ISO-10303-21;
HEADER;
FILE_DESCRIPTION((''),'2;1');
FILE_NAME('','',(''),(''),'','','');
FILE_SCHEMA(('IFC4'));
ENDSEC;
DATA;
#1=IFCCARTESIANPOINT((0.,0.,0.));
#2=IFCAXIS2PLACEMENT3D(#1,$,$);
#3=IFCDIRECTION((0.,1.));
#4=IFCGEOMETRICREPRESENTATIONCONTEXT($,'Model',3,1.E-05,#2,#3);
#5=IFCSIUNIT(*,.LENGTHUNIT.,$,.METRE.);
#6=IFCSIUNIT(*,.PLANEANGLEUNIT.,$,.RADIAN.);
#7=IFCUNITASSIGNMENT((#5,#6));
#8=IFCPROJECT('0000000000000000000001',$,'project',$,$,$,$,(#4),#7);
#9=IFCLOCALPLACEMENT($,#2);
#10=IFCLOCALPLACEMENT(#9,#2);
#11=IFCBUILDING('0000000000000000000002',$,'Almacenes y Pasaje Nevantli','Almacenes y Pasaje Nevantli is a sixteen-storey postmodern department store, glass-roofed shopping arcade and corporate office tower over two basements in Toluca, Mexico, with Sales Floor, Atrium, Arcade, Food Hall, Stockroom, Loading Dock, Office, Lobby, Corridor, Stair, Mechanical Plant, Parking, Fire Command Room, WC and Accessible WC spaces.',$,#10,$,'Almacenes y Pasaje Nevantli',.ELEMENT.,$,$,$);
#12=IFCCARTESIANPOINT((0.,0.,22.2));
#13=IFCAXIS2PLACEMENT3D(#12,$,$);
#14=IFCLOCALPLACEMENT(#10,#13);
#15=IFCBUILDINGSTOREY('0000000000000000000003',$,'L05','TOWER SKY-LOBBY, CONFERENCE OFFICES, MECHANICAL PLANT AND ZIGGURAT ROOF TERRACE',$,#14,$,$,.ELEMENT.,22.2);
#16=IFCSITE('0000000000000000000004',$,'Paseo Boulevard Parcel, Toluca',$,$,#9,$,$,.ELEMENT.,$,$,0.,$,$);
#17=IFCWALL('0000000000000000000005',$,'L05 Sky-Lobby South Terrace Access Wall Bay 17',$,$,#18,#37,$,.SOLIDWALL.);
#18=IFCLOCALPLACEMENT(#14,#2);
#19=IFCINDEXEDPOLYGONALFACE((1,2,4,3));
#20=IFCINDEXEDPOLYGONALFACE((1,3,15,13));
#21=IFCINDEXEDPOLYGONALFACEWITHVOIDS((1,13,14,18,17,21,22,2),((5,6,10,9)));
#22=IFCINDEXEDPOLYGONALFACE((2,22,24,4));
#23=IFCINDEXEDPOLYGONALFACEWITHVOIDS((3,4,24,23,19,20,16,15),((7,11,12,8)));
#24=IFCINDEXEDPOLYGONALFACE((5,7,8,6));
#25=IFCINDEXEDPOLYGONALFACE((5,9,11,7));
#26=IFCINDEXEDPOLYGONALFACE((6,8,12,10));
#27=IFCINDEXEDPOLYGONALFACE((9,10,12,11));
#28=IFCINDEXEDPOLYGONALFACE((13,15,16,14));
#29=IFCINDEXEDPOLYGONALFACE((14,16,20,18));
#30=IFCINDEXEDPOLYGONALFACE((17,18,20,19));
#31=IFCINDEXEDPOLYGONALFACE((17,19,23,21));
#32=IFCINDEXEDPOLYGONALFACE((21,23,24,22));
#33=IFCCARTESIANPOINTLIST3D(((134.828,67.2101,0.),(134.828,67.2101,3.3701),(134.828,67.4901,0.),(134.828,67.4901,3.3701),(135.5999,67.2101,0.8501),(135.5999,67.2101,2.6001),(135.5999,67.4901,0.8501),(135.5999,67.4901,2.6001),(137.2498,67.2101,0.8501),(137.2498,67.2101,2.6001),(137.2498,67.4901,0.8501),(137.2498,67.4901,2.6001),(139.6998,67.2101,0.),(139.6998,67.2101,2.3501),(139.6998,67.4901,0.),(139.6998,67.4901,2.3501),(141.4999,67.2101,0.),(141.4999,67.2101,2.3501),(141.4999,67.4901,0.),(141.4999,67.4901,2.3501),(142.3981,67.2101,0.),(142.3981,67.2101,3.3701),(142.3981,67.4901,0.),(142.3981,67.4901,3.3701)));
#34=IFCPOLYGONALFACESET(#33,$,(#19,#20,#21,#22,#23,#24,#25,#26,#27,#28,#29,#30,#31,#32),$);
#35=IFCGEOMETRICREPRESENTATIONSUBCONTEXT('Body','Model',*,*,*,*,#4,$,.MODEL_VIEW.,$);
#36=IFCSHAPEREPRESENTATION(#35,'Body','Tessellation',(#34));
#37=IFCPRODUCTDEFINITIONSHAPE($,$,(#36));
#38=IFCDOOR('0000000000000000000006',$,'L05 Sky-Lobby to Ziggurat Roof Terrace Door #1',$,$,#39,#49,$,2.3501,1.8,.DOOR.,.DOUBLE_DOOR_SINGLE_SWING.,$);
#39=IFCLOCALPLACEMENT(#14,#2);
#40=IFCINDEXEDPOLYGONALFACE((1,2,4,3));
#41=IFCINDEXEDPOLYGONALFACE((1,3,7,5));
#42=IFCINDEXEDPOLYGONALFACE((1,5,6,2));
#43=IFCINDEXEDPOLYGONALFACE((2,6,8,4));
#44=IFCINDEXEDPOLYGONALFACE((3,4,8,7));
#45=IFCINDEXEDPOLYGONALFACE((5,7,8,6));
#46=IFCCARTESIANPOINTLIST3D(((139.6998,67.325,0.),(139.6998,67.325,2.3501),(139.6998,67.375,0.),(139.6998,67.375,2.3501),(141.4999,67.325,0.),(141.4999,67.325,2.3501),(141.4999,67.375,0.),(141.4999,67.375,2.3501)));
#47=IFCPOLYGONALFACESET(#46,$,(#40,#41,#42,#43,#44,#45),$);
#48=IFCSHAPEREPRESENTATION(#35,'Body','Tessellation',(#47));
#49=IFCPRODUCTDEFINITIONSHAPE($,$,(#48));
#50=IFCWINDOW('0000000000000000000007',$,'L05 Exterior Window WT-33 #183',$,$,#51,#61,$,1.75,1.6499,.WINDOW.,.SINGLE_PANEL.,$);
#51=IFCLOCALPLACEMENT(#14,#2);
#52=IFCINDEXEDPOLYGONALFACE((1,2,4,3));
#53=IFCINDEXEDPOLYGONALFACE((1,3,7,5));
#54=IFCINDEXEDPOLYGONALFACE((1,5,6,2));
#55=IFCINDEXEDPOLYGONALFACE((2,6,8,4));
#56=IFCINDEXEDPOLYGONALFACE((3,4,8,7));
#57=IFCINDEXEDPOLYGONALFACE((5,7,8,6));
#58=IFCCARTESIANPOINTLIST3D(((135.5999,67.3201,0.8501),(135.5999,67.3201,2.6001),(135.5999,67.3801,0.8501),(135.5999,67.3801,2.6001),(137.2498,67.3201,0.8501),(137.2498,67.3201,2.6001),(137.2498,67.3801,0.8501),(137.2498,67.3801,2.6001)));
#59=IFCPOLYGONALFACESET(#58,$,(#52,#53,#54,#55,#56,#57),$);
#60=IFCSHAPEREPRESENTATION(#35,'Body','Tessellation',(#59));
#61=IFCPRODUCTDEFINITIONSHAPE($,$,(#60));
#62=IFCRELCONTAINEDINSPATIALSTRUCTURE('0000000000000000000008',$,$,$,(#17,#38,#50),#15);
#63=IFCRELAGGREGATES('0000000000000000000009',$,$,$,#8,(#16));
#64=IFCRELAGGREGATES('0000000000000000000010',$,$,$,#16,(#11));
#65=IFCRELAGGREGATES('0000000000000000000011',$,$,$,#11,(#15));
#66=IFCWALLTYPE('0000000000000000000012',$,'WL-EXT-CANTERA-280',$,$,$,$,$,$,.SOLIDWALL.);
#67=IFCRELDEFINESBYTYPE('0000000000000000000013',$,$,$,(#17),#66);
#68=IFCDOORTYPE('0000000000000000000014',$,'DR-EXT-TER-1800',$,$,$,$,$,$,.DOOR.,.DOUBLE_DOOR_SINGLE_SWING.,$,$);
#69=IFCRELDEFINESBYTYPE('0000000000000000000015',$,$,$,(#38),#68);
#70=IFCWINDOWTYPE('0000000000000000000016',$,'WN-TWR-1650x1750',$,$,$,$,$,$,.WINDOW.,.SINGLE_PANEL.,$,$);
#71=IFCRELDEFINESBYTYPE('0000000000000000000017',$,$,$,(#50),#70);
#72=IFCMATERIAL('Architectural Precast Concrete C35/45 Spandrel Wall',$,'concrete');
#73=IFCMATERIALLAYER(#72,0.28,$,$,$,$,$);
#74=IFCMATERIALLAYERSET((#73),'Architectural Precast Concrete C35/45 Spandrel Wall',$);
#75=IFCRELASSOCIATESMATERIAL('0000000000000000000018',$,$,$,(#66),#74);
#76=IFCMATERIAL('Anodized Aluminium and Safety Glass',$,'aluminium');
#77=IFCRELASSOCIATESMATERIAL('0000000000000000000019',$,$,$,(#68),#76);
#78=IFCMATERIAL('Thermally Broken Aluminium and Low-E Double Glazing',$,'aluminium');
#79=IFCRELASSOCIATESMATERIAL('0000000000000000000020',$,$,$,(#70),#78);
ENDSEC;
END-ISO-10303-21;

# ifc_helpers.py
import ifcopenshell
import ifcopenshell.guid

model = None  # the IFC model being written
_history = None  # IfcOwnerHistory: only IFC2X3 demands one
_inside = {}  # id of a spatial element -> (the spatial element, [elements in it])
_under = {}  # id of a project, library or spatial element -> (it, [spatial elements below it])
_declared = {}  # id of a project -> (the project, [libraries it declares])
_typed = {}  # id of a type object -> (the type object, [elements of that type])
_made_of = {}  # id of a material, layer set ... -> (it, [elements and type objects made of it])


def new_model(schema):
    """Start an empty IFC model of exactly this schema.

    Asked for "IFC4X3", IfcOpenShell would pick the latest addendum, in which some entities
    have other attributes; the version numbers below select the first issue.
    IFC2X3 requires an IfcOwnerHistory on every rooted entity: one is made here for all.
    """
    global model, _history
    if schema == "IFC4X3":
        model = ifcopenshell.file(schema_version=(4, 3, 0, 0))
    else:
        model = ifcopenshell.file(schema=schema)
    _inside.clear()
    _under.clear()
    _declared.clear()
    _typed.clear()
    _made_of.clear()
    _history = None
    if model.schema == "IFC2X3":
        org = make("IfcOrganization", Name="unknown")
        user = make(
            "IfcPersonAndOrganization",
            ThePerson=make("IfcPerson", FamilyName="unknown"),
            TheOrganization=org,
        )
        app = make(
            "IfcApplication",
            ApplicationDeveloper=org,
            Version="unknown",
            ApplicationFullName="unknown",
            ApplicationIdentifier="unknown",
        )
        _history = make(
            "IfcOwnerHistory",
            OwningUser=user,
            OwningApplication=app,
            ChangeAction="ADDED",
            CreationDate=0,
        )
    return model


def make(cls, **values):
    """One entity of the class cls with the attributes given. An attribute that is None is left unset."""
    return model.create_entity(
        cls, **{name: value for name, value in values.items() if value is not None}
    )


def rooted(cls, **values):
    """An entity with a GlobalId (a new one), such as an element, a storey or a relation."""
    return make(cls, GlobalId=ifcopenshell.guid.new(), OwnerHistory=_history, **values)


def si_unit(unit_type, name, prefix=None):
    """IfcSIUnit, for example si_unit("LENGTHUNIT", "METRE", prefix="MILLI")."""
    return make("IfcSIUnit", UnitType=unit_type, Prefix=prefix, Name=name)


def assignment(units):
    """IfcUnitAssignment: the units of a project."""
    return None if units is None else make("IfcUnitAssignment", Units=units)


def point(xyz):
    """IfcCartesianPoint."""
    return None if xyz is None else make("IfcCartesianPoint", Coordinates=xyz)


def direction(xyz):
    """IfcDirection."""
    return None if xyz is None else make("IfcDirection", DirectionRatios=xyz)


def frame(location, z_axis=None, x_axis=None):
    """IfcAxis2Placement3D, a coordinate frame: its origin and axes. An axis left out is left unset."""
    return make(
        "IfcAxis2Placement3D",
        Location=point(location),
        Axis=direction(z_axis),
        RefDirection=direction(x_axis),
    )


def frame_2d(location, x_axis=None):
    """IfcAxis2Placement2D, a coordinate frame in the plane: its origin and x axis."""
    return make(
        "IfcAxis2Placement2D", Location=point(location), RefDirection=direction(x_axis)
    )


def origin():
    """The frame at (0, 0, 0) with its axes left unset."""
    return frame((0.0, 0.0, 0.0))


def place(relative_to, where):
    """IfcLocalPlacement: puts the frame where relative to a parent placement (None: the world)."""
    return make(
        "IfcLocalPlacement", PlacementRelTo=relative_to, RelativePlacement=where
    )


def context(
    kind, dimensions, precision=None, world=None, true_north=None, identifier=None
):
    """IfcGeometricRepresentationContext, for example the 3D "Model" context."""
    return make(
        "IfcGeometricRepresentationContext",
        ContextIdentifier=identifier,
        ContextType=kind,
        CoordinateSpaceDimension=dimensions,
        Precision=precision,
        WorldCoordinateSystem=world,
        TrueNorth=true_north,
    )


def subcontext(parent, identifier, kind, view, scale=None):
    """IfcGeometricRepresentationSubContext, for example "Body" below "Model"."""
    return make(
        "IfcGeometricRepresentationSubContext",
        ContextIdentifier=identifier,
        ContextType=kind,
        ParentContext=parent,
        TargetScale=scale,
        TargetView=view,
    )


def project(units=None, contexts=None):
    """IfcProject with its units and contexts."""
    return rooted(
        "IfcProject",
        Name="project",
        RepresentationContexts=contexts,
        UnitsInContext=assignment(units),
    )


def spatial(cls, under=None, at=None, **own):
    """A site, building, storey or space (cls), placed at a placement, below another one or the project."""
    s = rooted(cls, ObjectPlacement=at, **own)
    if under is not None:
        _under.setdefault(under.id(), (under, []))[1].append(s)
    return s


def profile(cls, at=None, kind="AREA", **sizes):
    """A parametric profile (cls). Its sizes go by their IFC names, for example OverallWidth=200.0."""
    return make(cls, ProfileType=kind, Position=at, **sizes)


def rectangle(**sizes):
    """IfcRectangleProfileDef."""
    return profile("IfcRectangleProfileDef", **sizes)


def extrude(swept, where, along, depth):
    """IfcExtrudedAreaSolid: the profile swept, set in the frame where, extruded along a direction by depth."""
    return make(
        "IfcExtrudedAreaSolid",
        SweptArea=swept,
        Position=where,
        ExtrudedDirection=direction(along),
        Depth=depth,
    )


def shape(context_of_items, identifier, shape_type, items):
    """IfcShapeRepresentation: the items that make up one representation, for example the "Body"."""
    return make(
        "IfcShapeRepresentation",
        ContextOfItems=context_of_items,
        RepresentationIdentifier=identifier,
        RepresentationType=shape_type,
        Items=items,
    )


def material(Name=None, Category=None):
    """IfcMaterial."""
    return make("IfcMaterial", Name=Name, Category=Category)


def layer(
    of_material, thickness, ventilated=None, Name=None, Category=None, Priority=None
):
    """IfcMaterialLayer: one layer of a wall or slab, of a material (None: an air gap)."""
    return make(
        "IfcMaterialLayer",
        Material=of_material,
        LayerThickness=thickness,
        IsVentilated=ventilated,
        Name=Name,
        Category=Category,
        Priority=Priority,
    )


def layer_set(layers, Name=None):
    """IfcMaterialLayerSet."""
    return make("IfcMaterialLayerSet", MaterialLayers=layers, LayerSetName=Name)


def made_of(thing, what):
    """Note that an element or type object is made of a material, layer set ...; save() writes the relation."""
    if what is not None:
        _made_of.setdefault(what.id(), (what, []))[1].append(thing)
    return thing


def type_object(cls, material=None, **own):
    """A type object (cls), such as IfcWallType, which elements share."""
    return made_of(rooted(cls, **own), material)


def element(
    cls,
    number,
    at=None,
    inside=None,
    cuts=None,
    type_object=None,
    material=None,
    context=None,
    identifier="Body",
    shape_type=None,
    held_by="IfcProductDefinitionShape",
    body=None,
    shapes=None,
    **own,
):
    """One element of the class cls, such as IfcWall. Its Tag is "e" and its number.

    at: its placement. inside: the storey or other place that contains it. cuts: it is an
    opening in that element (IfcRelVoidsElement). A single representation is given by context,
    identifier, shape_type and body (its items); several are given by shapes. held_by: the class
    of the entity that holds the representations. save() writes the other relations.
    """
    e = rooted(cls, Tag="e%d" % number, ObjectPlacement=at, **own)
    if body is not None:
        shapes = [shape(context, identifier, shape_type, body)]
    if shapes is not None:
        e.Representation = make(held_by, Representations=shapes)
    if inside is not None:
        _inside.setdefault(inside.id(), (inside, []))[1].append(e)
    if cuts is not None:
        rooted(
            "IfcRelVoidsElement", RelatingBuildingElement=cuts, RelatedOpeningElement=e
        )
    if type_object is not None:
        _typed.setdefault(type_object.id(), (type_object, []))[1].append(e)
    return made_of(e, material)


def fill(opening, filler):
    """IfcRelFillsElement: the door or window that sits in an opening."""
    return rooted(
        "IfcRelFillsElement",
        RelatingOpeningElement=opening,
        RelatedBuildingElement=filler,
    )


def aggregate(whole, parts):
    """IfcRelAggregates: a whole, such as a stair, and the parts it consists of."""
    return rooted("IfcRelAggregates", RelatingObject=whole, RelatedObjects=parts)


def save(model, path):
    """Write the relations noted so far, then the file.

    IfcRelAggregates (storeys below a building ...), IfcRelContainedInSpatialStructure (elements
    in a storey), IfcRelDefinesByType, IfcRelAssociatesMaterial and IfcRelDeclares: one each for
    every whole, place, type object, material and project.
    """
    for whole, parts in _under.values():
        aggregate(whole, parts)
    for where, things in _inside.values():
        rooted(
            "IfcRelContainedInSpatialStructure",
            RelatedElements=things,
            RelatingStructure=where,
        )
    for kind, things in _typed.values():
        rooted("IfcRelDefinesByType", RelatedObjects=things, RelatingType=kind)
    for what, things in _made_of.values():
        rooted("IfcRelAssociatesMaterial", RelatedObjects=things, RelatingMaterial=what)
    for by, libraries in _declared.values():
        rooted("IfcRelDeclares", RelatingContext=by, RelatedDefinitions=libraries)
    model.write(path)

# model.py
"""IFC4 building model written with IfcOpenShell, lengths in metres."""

from ifc_helpers import new_model, si_unit, direction, frame, frame_2d, origin, place, context, subcontext, project, spatial, rectangle, extrude, material, layer, layer_set, type_object, element, fill, save


model = new_model("IFC4")

# Units and contexts
model_context = context("Model", 3, precision=1e-05, world=origin(), true_north=direction((0.0, 1.0)))
body_context = subcontext(model_context, "Body", "Model", "MODEL_VIEW")
ifc_project = project(units=[si_unit("LENGTHUNIT", "METRE"), si_unit("PLANEANGLEUNIT", "RADIAN")], contexts=[model_context])

# Site, building, storey
site_placement = place(None, origin())
site = spatial("IfcSite", under=ifc_project, at=site_placement, Name="Paseo Boulevard Parcel, Toluca", CompositionType="ELEMENT", RefElevation=0.0)
building_placement = place(site_placement, origin())
building = spatial("IfcBuilding", under=site, at=building_placement, Name="Almacenes y Pasaje Nevantli", Description="Almacenes y Pasaje Nevantli is a sixteen-storey postmodern department store, glass-roofed shopping arcade and corporate office tower over two basements in Toluca, Mexico, with Sales Floor, Atrium, Arcade, Food Hall, Stockroom, Loading Dock, Office, Lobby, Corridor, Stair, Mechanical Plant, Parking, Fire Command Room, WC and Accessible WC spaces.", LongName="Almacenes y Pasaje Nevantli", CompositionType="ELEMENT")
storey_placement = place(building_placement, frame((0.0, 0.0, 22.2)))
storey = spatial("IfcBuildingStorey", under=building, at=storey_placement, Name="L05", Description="TOWER SKY-LOBBY, CONFERENCE OFFICES, MECHANICAL PLANT AND ZIGGURAT ROOF TERRACE", CompositionType="ELEMENT", Elevation=22.2)

# Wall, openings, door, window
ifc_material_1 = material(Name="Architectural Precast Concrete C35/45 Spandrel Wall", Category="concrete")
ifc_layer_1 = layer(ifc_material_1, 0.28)
ifc_layer_set_1 = layer_set([ifc_layer_1], Name="Architectural Precast Concrete C35/45 Spandrel Wall")
wall_type = type_object("IfcWallType", Name="WL-EXT-CANTERA-280", PredefinedType="SOLIDWALL", material=ifc_layer_set_1)
wall_placement = place(storey_placement, frame((134.8279, 67.3501, 0.0), z_axis=(0.0, 0.0, 1.0), x_axis=(1.0, 0.0, 0.0)))
wall = element("IfcWall", 1, at=wall_placement, inside=storey, type_object=wall_type, Name="L05 Sky-Lobby South Terrace Access Wall Bay 17", PredefinedType="SOLIDWALL", context=body_context, shape_type="SweptSolid", body=[
    extrude(rectangle(XDim=7.5701, YDim=0.28, at=frame_2d((3.7852, 0.0))), origin(), (0.0, 0.0, 1.0), 3.3701),
])
opening_1_placement = place(wall_placement, frame((0.772, 0.0, 0.8501)))
opening_1 = element("IfcOpeningElement", 2, at=opening_1_placement, cuts=wall, PredefinedType="OPENING", context=body_context, shape_type="SweptSolid", body=[
    extrude(rectangle(XDim=1.6499, YDim=1.75, at=frame_2d((0.825, 0.875))), frame((0.0, 0.1499, 0.0), z_axis=(0.0, -1.0, 0.0), x_axis=(1.0, 0.0, 0.0)), (0.0, 0.0, 1.0), 0.3),
])
opening_2_placement = place(wall_placement, frame((4.8721, 0.0, 0.0)))
opening_2 = element("IfcOpeningElement", 3, at=opening_2_placement, cuts=wall, PredefinedType="OPENING", context=body_context, shape_type="SweptSolid", body=[
    extrude(rectangle(XDim=1.8, YDim=2.3501, at=frame_2d((0.8999, 1.175))), frame((0.0, 0.1499, 0.0), z_axis=(0.0, -1.0, 0.0), x_axis=(1.0, 0.0, 0.0)), (0.0, 0.0, 1.0), 0.3),
])
ifc_material_2 = material(Name="Anodized Aluminium and Safety Glass", Category="aluminium")
door_type = type_object("IfcDoorType", Name="DR-EXT-TER-1800", OperationType="DOUBLE_DOOR_SINGLE_SWING", PredefinedType="DOOR", material=ifc_material_2)
door_placement = place(opening_2_placement, origin())
door = element("IfcDoor", 4, at=door_placement, inside=storey, type_object=door_type, Name="L05 Sky-Lobby to Ziggurat Roof Terrace Door #1", OperationType="DOUBLE_DOOR_SINGLE_SWING", OverallHeight=2.3501, OverallWidth=1.8, PredefinedType="DOOR", context=body_context, shape_type="SweptSolid", body=[
    extrude(rectangle(XDim=1.8, YDim=2.3501, at=frame_2d((0.8999, 1.175))), frame((0.0, 0.0249, 0.0), z_axis=(0.0, -1.0, 0.0), x_axis=(1.0, 0.0, 0.0)), (0.0, 0.0, 1.0), 0.05),
])
fill(opening_2, door)
ifc_material_3 = material(Name="Thermally Broken Aluminium and Low-E Double Glazing", Category="aluminium")
window_type = type_object("IfcWindowType", Name="WN-TWR-1650x1750", PartitioningType="SINGLE_PANEL", PredefinedType="WINDOW", material=ifc_material_3)
window_placement = place(opening_1_placement, origin())
window = element("IfcWindow", 5, at=window_placement, inside=storey, type_object=window_type, Name="L05 Exterior Window WT-33 #183", OverallHeight=1.75, OverallWidth=1.6499, PartitioningType="SINGLE_PANEL", PredefinedType="WINDOW", context=body_context, shape_type="SweptSolid", body=[
    extrude(rectangle(XDim=1.6499, YDim=1.75, at=frame_2d((0.825, 0.875))), frame((0.0, 0.03, 0.0), z_axis=(0.0, -1.0, 0.0), x_axis=(1.0, 0.0, 0.0)), (0.0, 0.0, 1.0), 0.0601),
])
fill(opening_1, window)

save(model, "model.ifc")
